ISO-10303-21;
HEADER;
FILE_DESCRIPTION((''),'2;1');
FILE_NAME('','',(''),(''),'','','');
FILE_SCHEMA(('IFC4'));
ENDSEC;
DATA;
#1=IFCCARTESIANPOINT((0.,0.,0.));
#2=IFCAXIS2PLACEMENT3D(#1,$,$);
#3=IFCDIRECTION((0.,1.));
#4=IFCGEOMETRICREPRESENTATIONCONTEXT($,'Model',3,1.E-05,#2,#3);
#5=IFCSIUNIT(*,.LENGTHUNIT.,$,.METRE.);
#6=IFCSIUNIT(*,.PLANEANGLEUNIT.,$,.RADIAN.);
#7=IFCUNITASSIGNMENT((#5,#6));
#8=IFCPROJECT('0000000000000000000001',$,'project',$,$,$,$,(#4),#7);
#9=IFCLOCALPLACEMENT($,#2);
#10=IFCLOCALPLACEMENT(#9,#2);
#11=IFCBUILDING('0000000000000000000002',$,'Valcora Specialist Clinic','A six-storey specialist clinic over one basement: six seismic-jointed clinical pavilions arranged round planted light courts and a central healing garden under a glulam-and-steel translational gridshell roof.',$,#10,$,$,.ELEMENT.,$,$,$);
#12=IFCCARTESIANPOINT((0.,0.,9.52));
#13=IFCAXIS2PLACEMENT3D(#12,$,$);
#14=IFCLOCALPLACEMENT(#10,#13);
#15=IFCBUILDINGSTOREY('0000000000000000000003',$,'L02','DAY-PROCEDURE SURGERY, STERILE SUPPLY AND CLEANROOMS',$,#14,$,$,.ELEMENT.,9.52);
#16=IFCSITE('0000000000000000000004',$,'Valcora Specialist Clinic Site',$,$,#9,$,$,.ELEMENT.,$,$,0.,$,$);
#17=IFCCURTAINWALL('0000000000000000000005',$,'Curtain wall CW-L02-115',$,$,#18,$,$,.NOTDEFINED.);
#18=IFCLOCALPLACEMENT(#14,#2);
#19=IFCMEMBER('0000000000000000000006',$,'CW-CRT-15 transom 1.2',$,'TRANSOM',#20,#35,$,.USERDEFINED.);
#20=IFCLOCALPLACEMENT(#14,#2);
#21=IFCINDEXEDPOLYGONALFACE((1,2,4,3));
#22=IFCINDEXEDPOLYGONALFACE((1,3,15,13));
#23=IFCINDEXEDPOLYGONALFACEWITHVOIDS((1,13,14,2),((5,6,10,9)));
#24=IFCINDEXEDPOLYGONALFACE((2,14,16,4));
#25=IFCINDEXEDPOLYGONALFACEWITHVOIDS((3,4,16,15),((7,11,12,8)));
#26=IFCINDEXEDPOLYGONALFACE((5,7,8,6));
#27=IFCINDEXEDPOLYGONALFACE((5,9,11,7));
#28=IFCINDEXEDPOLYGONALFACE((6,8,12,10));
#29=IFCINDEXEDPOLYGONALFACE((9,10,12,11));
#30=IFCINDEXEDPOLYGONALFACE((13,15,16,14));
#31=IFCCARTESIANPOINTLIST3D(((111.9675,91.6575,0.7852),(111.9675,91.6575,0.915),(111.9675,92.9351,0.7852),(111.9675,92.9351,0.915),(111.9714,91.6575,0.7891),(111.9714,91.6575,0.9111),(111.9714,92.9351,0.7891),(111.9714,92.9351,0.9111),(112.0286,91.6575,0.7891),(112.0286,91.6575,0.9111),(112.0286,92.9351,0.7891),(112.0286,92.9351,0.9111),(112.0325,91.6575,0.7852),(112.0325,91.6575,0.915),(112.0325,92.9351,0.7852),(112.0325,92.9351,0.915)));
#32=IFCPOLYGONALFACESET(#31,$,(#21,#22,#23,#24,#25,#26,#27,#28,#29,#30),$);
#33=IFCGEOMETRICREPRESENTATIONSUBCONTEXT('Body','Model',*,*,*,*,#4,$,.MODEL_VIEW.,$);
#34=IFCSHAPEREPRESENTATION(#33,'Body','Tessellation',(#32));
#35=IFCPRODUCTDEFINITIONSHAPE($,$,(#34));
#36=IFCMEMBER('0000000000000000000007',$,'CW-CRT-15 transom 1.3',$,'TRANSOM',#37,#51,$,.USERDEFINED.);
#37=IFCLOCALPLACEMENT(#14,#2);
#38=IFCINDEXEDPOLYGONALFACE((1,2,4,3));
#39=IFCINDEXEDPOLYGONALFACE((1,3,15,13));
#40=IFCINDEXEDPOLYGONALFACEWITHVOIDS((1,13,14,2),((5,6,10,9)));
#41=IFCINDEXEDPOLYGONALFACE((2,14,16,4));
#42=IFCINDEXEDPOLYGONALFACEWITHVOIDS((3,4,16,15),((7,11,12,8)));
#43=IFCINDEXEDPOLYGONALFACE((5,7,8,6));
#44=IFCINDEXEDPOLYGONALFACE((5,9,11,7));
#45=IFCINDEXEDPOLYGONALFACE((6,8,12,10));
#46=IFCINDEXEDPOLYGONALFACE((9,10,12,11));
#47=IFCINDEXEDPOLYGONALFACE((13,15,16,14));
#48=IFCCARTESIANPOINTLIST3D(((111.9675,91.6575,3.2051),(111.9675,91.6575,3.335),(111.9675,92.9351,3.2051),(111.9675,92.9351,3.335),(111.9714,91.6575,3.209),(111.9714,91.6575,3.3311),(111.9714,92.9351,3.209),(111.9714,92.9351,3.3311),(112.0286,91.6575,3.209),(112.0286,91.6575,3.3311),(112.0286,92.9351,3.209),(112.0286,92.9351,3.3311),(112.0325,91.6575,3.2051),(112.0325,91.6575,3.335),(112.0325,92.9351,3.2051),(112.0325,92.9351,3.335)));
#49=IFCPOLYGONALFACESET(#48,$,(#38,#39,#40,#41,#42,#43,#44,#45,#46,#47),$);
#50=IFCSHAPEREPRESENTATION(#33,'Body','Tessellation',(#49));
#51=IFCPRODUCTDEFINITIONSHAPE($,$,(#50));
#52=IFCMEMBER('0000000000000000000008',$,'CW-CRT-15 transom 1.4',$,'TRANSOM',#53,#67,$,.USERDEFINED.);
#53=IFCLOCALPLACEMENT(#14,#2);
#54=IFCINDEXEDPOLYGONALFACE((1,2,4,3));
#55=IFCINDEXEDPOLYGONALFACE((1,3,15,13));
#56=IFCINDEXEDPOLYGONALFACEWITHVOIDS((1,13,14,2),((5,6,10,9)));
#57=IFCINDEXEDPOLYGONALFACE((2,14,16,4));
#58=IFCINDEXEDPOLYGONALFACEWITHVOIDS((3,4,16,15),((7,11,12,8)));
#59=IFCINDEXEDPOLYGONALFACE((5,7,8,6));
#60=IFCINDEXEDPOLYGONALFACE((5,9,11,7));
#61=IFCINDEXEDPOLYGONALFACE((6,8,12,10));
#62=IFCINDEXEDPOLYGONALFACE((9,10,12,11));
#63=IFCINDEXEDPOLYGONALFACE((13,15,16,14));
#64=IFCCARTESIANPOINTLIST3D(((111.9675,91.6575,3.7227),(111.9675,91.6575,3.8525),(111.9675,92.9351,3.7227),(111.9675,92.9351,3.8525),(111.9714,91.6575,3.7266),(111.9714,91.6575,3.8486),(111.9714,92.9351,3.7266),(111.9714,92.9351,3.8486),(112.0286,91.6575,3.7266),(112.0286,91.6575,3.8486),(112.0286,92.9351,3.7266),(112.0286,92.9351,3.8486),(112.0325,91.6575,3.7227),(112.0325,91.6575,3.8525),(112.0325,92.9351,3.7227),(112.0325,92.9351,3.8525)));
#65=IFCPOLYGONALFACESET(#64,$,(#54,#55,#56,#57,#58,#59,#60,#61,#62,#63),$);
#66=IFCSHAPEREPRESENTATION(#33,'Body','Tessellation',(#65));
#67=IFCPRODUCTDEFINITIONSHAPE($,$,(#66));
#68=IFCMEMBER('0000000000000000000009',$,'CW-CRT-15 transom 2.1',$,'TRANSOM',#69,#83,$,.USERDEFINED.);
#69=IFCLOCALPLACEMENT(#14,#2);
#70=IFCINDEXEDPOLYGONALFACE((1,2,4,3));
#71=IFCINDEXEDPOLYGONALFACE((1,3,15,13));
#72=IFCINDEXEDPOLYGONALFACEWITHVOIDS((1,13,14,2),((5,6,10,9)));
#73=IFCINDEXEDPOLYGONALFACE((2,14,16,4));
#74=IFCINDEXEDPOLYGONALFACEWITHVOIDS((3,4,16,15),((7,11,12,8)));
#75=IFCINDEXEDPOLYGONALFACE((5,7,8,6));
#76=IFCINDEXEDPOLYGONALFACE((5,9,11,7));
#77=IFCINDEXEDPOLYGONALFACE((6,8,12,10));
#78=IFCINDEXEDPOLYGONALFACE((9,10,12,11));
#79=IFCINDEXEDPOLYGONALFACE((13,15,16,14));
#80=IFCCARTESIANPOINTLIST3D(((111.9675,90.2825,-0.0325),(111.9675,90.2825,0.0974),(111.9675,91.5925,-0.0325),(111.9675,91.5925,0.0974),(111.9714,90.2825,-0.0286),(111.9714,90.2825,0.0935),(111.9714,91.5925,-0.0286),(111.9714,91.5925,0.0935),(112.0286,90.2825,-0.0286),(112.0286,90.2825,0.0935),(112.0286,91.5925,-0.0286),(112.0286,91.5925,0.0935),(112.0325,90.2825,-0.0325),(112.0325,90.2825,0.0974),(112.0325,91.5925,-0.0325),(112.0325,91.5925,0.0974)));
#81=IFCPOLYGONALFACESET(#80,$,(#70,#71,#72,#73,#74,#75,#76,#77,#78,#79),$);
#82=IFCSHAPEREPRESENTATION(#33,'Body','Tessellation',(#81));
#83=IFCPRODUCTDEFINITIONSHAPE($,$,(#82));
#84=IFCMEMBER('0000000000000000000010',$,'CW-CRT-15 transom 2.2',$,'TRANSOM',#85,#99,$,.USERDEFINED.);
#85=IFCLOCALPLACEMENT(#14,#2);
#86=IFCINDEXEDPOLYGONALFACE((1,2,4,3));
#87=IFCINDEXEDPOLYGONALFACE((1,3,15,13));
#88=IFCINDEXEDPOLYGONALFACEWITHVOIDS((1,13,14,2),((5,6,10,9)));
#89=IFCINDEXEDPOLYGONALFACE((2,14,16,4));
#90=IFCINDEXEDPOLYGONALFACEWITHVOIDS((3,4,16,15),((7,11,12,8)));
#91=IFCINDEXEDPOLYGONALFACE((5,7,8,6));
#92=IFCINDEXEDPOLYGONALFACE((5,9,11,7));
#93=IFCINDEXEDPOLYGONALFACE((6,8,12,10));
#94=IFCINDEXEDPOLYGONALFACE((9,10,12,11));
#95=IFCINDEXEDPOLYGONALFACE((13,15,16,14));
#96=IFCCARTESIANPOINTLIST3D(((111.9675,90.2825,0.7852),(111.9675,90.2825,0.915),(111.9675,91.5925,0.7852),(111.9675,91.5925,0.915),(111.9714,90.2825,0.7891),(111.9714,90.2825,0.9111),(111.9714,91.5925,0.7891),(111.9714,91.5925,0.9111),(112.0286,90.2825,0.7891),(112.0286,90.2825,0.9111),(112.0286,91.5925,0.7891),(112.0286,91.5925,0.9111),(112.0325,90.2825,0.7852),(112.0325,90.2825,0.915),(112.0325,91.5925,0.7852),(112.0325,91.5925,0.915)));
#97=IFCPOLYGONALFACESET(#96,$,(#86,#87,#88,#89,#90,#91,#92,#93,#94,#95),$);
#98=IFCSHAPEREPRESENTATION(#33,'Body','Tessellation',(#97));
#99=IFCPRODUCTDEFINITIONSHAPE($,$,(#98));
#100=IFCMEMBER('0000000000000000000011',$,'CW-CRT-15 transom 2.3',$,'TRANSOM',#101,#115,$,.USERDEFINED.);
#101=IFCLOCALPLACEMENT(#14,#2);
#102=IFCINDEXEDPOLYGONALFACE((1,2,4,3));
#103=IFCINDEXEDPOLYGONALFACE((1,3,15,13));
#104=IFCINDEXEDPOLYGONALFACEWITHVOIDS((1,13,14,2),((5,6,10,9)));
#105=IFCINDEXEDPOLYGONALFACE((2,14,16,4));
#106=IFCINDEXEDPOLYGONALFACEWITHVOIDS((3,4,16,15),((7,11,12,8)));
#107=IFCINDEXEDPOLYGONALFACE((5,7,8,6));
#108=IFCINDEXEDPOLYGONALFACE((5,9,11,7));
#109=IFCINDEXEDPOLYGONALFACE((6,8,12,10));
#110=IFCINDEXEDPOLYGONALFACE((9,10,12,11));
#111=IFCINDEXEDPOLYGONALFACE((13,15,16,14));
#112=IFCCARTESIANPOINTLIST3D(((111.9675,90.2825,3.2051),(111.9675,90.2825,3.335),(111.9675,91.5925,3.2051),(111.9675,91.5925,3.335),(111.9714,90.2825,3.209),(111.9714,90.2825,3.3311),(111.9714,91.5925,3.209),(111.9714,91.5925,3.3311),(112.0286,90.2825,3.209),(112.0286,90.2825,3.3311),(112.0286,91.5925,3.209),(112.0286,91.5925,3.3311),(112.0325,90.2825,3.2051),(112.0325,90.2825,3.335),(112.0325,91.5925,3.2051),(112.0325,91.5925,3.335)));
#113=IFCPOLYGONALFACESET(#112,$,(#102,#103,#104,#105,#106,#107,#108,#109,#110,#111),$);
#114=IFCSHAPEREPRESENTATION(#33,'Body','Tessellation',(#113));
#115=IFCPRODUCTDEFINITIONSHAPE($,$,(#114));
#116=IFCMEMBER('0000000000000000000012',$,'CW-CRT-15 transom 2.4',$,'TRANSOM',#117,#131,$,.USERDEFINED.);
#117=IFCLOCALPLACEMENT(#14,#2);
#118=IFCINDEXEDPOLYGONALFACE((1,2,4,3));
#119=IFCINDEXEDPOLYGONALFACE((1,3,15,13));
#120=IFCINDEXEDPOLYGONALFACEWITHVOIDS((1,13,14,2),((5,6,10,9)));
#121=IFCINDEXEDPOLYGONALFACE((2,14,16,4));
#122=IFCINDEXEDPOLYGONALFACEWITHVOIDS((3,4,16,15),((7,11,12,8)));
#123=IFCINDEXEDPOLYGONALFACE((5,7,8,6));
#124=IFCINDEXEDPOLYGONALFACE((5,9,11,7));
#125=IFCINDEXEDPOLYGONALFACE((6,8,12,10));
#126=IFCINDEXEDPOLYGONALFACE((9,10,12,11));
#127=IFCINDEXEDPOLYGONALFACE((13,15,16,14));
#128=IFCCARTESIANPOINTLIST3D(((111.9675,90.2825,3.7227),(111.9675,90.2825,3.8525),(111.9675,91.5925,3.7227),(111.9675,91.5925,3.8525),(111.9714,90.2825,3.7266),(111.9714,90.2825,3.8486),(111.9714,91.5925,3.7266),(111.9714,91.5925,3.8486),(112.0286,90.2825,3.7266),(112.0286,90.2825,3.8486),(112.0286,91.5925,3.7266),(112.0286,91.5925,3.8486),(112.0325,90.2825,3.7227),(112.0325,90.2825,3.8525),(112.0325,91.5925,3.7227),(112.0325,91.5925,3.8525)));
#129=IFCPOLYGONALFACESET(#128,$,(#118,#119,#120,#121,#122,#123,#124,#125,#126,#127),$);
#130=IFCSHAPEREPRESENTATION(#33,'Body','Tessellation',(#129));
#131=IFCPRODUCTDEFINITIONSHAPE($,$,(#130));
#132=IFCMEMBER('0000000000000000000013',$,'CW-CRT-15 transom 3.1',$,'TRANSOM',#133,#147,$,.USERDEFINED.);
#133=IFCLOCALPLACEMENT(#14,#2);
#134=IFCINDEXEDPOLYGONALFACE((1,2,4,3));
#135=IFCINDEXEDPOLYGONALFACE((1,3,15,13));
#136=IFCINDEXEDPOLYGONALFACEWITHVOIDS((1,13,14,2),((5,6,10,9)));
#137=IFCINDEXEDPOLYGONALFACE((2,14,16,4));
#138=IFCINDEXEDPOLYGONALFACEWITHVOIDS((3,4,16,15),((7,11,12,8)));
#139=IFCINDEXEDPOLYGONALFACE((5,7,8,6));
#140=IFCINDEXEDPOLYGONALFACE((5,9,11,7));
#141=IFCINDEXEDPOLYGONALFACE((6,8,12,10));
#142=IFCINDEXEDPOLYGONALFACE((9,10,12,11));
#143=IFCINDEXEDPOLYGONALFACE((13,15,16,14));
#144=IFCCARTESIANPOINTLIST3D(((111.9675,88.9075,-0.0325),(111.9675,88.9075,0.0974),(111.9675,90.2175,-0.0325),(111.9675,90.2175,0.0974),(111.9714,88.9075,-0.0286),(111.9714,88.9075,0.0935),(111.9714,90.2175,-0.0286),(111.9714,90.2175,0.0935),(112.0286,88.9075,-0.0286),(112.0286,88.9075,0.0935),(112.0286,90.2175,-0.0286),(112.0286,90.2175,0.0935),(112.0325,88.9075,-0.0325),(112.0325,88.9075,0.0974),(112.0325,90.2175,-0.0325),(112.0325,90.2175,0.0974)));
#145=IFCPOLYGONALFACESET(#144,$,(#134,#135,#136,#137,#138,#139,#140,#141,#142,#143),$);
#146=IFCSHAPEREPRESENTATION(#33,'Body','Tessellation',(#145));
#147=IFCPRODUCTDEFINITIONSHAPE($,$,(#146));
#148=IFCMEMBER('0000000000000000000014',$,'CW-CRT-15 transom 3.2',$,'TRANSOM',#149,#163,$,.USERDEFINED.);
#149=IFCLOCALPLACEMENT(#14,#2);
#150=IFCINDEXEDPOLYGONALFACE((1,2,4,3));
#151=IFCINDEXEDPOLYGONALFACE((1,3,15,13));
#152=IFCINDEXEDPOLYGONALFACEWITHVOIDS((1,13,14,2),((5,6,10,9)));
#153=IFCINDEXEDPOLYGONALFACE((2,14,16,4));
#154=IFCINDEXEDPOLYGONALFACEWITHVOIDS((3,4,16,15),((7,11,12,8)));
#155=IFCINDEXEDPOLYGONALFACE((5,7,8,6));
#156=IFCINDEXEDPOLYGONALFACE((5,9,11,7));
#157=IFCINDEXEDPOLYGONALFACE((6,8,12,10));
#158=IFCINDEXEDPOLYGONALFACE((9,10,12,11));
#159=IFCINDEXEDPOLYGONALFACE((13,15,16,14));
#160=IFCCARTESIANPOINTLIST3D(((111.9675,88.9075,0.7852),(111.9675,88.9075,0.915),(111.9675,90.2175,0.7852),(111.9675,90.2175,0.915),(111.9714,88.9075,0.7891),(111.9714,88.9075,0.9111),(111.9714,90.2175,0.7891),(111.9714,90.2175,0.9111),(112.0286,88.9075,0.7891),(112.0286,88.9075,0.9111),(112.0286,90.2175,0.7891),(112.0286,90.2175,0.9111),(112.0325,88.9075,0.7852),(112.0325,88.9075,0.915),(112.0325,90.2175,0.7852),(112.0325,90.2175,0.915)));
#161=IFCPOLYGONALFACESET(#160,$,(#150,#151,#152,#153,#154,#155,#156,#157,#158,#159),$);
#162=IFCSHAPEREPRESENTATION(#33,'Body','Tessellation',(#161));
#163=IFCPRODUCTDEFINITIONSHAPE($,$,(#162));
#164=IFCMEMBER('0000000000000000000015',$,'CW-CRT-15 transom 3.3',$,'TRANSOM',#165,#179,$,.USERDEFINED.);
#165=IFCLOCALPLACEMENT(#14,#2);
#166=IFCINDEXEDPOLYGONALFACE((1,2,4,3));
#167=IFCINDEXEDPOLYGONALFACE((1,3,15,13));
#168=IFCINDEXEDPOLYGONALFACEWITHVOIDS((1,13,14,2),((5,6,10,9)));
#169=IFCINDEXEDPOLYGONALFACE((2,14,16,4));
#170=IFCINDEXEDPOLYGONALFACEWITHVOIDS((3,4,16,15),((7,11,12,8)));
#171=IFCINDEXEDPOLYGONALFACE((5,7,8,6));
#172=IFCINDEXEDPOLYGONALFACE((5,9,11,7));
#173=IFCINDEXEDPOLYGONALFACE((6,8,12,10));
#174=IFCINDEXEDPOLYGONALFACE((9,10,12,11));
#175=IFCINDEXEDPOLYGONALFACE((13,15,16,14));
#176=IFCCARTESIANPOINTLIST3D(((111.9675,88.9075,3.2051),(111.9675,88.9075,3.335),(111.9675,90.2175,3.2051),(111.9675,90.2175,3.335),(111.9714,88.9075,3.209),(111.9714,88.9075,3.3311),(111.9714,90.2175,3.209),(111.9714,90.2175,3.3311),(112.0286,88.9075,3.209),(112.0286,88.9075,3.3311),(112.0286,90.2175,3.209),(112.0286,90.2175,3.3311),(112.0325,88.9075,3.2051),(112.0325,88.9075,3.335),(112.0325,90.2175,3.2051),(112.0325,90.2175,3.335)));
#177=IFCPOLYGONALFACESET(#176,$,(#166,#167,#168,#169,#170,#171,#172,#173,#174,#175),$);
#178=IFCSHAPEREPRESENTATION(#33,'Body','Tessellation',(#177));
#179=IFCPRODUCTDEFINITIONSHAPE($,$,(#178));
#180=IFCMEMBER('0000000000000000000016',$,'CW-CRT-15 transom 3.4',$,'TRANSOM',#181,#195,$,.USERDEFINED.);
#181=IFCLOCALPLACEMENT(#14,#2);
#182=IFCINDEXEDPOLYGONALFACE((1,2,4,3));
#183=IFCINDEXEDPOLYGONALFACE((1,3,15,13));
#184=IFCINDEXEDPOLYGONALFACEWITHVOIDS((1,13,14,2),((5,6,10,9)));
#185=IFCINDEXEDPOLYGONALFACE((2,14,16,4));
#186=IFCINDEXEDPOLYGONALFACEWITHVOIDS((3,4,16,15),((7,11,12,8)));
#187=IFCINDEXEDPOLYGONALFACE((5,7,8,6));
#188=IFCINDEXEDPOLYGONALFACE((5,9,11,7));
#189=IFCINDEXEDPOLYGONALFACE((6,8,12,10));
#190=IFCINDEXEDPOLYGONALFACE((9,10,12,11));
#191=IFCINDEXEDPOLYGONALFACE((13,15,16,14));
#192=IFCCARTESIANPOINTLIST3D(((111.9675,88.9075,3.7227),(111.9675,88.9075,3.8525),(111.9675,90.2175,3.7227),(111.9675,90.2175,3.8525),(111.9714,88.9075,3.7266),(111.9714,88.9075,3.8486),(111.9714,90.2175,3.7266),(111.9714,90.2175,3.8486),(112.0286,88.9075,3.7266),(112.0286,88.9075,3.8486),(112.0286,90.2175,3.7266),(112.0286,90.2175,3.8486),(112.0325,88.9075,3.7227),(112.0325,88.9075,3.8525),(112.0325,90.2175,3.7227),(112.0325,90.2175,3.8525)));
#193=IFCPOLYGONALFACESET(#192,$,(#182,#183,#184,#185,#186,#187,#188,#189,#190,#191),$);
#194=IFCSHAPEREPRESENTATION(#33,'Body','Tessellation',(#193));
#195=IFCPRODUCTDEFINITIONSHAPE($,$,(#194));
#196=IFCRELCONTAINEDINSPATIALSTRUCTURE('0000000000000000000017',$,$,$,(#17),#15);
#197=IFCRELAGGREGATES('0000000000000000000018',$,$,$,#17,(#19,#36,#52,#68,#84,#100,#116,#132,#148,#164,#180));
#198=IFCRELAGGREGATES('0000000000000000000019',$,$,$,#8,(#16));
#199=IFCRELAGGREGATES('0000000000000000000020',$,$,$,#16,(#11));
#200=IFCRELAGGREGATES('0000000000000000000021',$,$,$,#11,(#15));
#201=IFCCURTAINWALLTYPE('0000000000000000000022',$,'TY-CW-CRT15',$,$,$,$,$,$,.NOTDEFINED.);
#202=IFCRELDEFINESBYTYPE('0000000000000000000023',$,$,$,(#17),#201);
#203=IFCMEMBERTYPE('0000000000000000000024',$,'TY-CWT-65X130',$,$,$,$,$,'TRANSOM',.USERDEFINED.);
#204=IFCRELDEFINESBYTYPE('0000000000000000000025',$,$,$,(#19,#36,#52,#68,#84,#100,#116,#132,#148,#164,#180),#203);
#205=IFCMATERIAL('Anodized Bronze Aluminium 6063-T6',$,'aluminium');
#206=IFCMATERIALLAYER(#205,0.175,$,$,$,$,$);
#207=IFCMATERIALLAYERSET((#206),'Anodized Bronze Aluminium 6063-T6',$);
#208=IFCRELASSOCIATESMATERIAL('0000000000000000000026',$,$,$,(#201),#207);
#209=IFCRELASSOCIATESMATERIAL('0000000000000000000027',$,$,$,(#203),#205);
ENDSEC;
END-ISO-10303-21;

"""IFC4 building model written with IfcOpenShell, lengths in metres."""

from ifc_helpers import new_model, si_unit, direction, frame, origin, origin_2d, place, context, subcontext, project, spatial, hollow_rectangle, extrude, material, layer, layer_set, material_profile, profile_set, type_object, element, aggregate, save


model = new_model("IFC4")

# Units and contexts
model_context = context("Model", 3, precision=1e-05, world=origin(), true_north=direction((0.0, 1.0)))
body_context = subcontext(model_context, "Body", "Model", "MODEL_VIEW")
ifc_project = project(units=[si_unit("LENGTHUNIT", "METRE"), si_unit("PLANEANGLEUNIT", "RADIAN")], contexts=[model_context])

# Site, building, storey
site_placement = place(None, origin())
site = spatial("IfcSite", under=ifc_project, at=site_placement, Name="Valcora Specialist Clinic Site", CompositionType="ELEMENT", RefElevation=0.0)
building_placement = place(site_placement, origin())
building = spatial("IfcBuilding", under=site, at=building_placement, Name="Valcora Specialist Clinic", Description="A six-storey specialist clinic over one basement: six seismic-jointed clinical pavilions arranged round planted light courts and a central healing garden under a glulam-and-steel translational gridshell roof.", CompositionType="ELEMENT")
storey_placement = place(building_placement, frame((0.0, 0.0, 9.52)))
storey = spatial("IfcBuildingStorey", under=building, at=storey_placement, Name="L02", Description="DAY-PROCEDURE SURGERY, STERILE SUPPLY AND CLEANROOMS", CompositionType="ELEMENT", Elevation=9.52)

# Curtain wall, members
ifc_material_1 = material(Name="Anodized Bronze Aluminium 6063-T6", Category="aluminium")
ifc_layer_1 = layer(ifc_material_1, 0.175)
ifc_layer_set_1 = layer_set([ifc_layer_1], Name="Anodized Bronze Aluminium 6063-T6")
curtain_wall_type = type_object("IfcCurtainWallType", Name="TY-CW-CRT15", PredefinedType="NOTDEFINED", material=ifc_layer_set_1)
curtain_wall_placement = place(storey_placement, origin())
curtain_wall = element("IfcCurtainWall", 1, at=curtain_wall_placement, inside=storey, type_object=curtain_wall_type, Name="Curtain wall CW-L02-115", PredefinedType="NOTDEFINED")
ifc_material_profile_1 = material_profile(ifc_material_1, hollow_rectangle(XDim=0.0649, YDim=0.1299, WallThickness=0.0039, at=origin_2d()), Name="AL-TRN-65X130")
ifc_profile_set_1 = profile_set([ifc_material_profile_1], Name="Anodized Bronze Aluminium 6063-T6")
member_type_1 = type_object("IfcMemberType", Name="TY-CWT-65X130", ElementType="TRANSOM", PredefinedType="USERDEFINED", material=ifc_profile_set_1)
member_1_placement = place(storey_placement, frame((112.0, 92.9351, 0.8501), z_axis=(0.0, -1.0, 0.0), x_axis=(1.0, 0.0, 0.0)))
member_1 = element("IfcMember", 2, at=member_1_placement, type_object=member_type_1, Name="CW-CRT-15 transom 1.2", ObjectType="TRANSOM", PredefinedType="USERDEFINED", context=body_context, shape_type="SweptSolid", body=[
    extrude(hollow_rectangle(XDim=0.0649, YDim=0.1299, WallThickness=0.0039, at=origin_2d()), origin(), (0.0, 0.0, 1.0), 1.2776),
])
member_2_placement = place(storey_placement, frame((112.0, 92.9351, 3.27), z_axis=(0.0, -1.0, 0.0), x_axis=(1.0, 0.0, 0.0)))
member_2 = element("IfcMember", 3, at=member_2_placement, type_object=member_type_1, Name="CW-CRT-15 transom 1.3", ObjectType="TRANSOM", PredefinedType="USERDEFINED", context=body_context, shape_type="SweptSolid", body=[
    extrude(hollow_rectangle(XDim=0.0649, YDim=0.1299, WallThickness=0.0039, at=origin_2d()), origin(), (0.0, 0.0, 1.0), 1.2776),
])
member_3_placement = place(storey_placement, frame((112.0, 92.9351, 3.7876), z_axis=(0.0, -1.0, 0.0), x_axis=(1.0, 0.0, 0.0)))
member_3 = element("IfcMember", 4, at=member_3_placement, type_object=member_type_1, Name="CW-CRT-15 transom 1.4", ObjectType="TRANSOM", PredefinedType="USERDEFINED", context=body_context, shape_type="SweptSolid", body=[
    extrude(hollow_rectangle(XDim=0.0649, YDim=0.1299, WallThickness=0.0039, at=origin_2d()), origin(), (0.0, 0.0, 1.0), 1.2776),
])
member_4_placement = place(storey_placement, frame((112.0, 91.5925, 0.0325), z_axis=(0.0, -1.0, 0.0), x_axis=(1.0, 0.0, 0.0)))
member_4 = element("IfcMember", 5, at=member_4_placement, type_object=member_type_1, Name="CW-CRT-15 transom 2.1", ObjectType="TRANSOM", PredefinedType="USERDEFINED", context=body_context, shape_type="SweptSolid", body=[
    extrude(hollow_rectangle(XDim=0.0649, YDim=0.1299, WallThickness=0.0039, at=origin_2d()), origin(), (0.0, 0.0, 1.0), 1.3101),
])
member_5_placement = place(storey_placement, frame((112.0, 91.5925, 0.8501), z_axis=(0.0, -1.0, 0.0), x_axis=(1.0, 0.0, 0.0)))
member_5 = element("IfcMember", 6, at=member_5_placement, type_object=member_type_1, Name="CW-CRT-15 transom 2.2", ObjectType="TRANSOM", PredefinedType="USERDEFINED", context=body_context, shape_type="SweptSolid", body=[
    extrude(hollow_rectangle(XDim=0.0649, YDim=0.1299, WallThickness=0.0039, at=origin_2d()), origin(), (0.0, 0.0, 1.0), 1.3101),
])
member_6_placement = place(storey_placement, frame((112.0, 91.5925, 3.27), z_axis=(0.0, -1.0, 0.0), x_axis=(1.0, 0.0, 0.0)))
member_6 = element("IfcMember", 7, at=member_6_placement, type_object=member_type_1, Name="CW-CRT-15 transom 2.3", ObjectType="TRANSOM", PredefinedType="USERDEFINED", context=body_context, shape_type="SweptSolid", body=[
    extrude(hollow_rectangle(XDim=0.0649, YDim=0.1299, WallThickness=0.0039, at=origin_2d()), origin(), (0.0, 0.0, 1.0), 1.3101),
])
member_7_placement = place(storey_placement, frame((112.0, 91.5925, 3.7876), z_axis=(0.0, -1.0, 0.0), x_axis=(1.0, 0.0, 0.0)))
member_7 = element("IfcMember", 8, at=member_7_placement, type_object=member_type_1, Name="CW-CRT-15 transom 2.4", ObjectType="TRANSOM", PredefinedType="USERDEFINED", context=body_context, shape_type="SweptSolid", body=[
    extrude(hollow_rectangle(XDim=0.0649, YDim=0.1299, WallThickness=0.0039, at=origin_2d()), origin(), (0.0, 0.0, 1.0), 1.3101),
])
member_8_placement = place(storey_placement, frame((112.0, 90.2175, 0.0325), z_axis=(0.0, -1.0, 0.0), x_axis=(1.0, 0.0, 0.0)))
member_8 = element("IfcMember", 9, at=member_8_placement, type_object=member_type_1, Name="CW-CRT-15 transom 3.1", ObjectType="TRANSOM", PredefinedType="USERDEFINED", context=body_context, shape_type="SweptSolid", body=[
    extrude(hollow_rectangle(XDim=0.0649, YDim=0.1299, WallThickness=0.0039, at=origin_2d()), origin(), (0.0, 0.0, 1.0), 1.3101),
])
member_9_placement = place(storey_placement, frame((112.0, 90.2175, 0.8501), z_axis=(0.0, -1.0, 0.0), x_axis=(1.0, 0.0, 0.0)))
member_9 = element("IfcMember", 10, at=member_9_placement, type_object=member_type_1, Name="CW-CRT-15 transom 3.2", ObjectType="TRANSOM", PredefinedType="USERDEFINED", context=body_context, shape_type="SweptSolid", body=[
    extrude(hollow_rectangle(XDim=0.0649, YDim=0.1299, WallThickness=0.0039, at=origin_2d()), origin(), (0.0, 0.0, 1.0), 1.3101),
])
member_10_placement = place(storey_placement, frame((112.0, 90.2175, 3.27), z_axis=(0.0, -1.0, 0.0), x_axis=(1.0, 0.0, 0.0)))
member_10 = element("IfcMember", 11, at=member_10_placement, type_object=member_type_1, Name="CW-CRT-15 transom 3.3", ObjectType="TRANSOM", PredefinedType="USERDEFINED", context=body_context, shape_type="SweptSolid", body=[
    extrude(hollow_rectangle(XDim=0.0649, YDim=0.1299, WallThickness=0.0039, at=origin_2d()), origin(), (0.0, 0.0, 1.0), 1.3101),
])
member_11_placement = place(storey_placement, frame((112.0, 90.2175, 3.7876), z_axis=(0.0, -1.0, 0.0), x_axis=(1.0, 0.0, 0.0)))
member_11 = element("IfcMember", 12, at=member_11_placement, type_object=member_type_1, Name="CW-CRT-15 transom 3.4", ObjectType="TRANSOM", PredefinedType="USERDEFINED", context=body_context, shape_type="SweptSolid", body=[
    extrude(hollow_rectangle(XDim=0.0649, YDim=0.1299, WallThickness=0.0039, at=origin_2d()), origin(), (0.0, 0.0, 1.0), 1.3101),
])
aggregate(curtain_wall, [member_1, member_2, member_3, member_4, member_5, member_6, member_7, member_8, member_9, member_10, member_11])

save(model, "model.ifc")
